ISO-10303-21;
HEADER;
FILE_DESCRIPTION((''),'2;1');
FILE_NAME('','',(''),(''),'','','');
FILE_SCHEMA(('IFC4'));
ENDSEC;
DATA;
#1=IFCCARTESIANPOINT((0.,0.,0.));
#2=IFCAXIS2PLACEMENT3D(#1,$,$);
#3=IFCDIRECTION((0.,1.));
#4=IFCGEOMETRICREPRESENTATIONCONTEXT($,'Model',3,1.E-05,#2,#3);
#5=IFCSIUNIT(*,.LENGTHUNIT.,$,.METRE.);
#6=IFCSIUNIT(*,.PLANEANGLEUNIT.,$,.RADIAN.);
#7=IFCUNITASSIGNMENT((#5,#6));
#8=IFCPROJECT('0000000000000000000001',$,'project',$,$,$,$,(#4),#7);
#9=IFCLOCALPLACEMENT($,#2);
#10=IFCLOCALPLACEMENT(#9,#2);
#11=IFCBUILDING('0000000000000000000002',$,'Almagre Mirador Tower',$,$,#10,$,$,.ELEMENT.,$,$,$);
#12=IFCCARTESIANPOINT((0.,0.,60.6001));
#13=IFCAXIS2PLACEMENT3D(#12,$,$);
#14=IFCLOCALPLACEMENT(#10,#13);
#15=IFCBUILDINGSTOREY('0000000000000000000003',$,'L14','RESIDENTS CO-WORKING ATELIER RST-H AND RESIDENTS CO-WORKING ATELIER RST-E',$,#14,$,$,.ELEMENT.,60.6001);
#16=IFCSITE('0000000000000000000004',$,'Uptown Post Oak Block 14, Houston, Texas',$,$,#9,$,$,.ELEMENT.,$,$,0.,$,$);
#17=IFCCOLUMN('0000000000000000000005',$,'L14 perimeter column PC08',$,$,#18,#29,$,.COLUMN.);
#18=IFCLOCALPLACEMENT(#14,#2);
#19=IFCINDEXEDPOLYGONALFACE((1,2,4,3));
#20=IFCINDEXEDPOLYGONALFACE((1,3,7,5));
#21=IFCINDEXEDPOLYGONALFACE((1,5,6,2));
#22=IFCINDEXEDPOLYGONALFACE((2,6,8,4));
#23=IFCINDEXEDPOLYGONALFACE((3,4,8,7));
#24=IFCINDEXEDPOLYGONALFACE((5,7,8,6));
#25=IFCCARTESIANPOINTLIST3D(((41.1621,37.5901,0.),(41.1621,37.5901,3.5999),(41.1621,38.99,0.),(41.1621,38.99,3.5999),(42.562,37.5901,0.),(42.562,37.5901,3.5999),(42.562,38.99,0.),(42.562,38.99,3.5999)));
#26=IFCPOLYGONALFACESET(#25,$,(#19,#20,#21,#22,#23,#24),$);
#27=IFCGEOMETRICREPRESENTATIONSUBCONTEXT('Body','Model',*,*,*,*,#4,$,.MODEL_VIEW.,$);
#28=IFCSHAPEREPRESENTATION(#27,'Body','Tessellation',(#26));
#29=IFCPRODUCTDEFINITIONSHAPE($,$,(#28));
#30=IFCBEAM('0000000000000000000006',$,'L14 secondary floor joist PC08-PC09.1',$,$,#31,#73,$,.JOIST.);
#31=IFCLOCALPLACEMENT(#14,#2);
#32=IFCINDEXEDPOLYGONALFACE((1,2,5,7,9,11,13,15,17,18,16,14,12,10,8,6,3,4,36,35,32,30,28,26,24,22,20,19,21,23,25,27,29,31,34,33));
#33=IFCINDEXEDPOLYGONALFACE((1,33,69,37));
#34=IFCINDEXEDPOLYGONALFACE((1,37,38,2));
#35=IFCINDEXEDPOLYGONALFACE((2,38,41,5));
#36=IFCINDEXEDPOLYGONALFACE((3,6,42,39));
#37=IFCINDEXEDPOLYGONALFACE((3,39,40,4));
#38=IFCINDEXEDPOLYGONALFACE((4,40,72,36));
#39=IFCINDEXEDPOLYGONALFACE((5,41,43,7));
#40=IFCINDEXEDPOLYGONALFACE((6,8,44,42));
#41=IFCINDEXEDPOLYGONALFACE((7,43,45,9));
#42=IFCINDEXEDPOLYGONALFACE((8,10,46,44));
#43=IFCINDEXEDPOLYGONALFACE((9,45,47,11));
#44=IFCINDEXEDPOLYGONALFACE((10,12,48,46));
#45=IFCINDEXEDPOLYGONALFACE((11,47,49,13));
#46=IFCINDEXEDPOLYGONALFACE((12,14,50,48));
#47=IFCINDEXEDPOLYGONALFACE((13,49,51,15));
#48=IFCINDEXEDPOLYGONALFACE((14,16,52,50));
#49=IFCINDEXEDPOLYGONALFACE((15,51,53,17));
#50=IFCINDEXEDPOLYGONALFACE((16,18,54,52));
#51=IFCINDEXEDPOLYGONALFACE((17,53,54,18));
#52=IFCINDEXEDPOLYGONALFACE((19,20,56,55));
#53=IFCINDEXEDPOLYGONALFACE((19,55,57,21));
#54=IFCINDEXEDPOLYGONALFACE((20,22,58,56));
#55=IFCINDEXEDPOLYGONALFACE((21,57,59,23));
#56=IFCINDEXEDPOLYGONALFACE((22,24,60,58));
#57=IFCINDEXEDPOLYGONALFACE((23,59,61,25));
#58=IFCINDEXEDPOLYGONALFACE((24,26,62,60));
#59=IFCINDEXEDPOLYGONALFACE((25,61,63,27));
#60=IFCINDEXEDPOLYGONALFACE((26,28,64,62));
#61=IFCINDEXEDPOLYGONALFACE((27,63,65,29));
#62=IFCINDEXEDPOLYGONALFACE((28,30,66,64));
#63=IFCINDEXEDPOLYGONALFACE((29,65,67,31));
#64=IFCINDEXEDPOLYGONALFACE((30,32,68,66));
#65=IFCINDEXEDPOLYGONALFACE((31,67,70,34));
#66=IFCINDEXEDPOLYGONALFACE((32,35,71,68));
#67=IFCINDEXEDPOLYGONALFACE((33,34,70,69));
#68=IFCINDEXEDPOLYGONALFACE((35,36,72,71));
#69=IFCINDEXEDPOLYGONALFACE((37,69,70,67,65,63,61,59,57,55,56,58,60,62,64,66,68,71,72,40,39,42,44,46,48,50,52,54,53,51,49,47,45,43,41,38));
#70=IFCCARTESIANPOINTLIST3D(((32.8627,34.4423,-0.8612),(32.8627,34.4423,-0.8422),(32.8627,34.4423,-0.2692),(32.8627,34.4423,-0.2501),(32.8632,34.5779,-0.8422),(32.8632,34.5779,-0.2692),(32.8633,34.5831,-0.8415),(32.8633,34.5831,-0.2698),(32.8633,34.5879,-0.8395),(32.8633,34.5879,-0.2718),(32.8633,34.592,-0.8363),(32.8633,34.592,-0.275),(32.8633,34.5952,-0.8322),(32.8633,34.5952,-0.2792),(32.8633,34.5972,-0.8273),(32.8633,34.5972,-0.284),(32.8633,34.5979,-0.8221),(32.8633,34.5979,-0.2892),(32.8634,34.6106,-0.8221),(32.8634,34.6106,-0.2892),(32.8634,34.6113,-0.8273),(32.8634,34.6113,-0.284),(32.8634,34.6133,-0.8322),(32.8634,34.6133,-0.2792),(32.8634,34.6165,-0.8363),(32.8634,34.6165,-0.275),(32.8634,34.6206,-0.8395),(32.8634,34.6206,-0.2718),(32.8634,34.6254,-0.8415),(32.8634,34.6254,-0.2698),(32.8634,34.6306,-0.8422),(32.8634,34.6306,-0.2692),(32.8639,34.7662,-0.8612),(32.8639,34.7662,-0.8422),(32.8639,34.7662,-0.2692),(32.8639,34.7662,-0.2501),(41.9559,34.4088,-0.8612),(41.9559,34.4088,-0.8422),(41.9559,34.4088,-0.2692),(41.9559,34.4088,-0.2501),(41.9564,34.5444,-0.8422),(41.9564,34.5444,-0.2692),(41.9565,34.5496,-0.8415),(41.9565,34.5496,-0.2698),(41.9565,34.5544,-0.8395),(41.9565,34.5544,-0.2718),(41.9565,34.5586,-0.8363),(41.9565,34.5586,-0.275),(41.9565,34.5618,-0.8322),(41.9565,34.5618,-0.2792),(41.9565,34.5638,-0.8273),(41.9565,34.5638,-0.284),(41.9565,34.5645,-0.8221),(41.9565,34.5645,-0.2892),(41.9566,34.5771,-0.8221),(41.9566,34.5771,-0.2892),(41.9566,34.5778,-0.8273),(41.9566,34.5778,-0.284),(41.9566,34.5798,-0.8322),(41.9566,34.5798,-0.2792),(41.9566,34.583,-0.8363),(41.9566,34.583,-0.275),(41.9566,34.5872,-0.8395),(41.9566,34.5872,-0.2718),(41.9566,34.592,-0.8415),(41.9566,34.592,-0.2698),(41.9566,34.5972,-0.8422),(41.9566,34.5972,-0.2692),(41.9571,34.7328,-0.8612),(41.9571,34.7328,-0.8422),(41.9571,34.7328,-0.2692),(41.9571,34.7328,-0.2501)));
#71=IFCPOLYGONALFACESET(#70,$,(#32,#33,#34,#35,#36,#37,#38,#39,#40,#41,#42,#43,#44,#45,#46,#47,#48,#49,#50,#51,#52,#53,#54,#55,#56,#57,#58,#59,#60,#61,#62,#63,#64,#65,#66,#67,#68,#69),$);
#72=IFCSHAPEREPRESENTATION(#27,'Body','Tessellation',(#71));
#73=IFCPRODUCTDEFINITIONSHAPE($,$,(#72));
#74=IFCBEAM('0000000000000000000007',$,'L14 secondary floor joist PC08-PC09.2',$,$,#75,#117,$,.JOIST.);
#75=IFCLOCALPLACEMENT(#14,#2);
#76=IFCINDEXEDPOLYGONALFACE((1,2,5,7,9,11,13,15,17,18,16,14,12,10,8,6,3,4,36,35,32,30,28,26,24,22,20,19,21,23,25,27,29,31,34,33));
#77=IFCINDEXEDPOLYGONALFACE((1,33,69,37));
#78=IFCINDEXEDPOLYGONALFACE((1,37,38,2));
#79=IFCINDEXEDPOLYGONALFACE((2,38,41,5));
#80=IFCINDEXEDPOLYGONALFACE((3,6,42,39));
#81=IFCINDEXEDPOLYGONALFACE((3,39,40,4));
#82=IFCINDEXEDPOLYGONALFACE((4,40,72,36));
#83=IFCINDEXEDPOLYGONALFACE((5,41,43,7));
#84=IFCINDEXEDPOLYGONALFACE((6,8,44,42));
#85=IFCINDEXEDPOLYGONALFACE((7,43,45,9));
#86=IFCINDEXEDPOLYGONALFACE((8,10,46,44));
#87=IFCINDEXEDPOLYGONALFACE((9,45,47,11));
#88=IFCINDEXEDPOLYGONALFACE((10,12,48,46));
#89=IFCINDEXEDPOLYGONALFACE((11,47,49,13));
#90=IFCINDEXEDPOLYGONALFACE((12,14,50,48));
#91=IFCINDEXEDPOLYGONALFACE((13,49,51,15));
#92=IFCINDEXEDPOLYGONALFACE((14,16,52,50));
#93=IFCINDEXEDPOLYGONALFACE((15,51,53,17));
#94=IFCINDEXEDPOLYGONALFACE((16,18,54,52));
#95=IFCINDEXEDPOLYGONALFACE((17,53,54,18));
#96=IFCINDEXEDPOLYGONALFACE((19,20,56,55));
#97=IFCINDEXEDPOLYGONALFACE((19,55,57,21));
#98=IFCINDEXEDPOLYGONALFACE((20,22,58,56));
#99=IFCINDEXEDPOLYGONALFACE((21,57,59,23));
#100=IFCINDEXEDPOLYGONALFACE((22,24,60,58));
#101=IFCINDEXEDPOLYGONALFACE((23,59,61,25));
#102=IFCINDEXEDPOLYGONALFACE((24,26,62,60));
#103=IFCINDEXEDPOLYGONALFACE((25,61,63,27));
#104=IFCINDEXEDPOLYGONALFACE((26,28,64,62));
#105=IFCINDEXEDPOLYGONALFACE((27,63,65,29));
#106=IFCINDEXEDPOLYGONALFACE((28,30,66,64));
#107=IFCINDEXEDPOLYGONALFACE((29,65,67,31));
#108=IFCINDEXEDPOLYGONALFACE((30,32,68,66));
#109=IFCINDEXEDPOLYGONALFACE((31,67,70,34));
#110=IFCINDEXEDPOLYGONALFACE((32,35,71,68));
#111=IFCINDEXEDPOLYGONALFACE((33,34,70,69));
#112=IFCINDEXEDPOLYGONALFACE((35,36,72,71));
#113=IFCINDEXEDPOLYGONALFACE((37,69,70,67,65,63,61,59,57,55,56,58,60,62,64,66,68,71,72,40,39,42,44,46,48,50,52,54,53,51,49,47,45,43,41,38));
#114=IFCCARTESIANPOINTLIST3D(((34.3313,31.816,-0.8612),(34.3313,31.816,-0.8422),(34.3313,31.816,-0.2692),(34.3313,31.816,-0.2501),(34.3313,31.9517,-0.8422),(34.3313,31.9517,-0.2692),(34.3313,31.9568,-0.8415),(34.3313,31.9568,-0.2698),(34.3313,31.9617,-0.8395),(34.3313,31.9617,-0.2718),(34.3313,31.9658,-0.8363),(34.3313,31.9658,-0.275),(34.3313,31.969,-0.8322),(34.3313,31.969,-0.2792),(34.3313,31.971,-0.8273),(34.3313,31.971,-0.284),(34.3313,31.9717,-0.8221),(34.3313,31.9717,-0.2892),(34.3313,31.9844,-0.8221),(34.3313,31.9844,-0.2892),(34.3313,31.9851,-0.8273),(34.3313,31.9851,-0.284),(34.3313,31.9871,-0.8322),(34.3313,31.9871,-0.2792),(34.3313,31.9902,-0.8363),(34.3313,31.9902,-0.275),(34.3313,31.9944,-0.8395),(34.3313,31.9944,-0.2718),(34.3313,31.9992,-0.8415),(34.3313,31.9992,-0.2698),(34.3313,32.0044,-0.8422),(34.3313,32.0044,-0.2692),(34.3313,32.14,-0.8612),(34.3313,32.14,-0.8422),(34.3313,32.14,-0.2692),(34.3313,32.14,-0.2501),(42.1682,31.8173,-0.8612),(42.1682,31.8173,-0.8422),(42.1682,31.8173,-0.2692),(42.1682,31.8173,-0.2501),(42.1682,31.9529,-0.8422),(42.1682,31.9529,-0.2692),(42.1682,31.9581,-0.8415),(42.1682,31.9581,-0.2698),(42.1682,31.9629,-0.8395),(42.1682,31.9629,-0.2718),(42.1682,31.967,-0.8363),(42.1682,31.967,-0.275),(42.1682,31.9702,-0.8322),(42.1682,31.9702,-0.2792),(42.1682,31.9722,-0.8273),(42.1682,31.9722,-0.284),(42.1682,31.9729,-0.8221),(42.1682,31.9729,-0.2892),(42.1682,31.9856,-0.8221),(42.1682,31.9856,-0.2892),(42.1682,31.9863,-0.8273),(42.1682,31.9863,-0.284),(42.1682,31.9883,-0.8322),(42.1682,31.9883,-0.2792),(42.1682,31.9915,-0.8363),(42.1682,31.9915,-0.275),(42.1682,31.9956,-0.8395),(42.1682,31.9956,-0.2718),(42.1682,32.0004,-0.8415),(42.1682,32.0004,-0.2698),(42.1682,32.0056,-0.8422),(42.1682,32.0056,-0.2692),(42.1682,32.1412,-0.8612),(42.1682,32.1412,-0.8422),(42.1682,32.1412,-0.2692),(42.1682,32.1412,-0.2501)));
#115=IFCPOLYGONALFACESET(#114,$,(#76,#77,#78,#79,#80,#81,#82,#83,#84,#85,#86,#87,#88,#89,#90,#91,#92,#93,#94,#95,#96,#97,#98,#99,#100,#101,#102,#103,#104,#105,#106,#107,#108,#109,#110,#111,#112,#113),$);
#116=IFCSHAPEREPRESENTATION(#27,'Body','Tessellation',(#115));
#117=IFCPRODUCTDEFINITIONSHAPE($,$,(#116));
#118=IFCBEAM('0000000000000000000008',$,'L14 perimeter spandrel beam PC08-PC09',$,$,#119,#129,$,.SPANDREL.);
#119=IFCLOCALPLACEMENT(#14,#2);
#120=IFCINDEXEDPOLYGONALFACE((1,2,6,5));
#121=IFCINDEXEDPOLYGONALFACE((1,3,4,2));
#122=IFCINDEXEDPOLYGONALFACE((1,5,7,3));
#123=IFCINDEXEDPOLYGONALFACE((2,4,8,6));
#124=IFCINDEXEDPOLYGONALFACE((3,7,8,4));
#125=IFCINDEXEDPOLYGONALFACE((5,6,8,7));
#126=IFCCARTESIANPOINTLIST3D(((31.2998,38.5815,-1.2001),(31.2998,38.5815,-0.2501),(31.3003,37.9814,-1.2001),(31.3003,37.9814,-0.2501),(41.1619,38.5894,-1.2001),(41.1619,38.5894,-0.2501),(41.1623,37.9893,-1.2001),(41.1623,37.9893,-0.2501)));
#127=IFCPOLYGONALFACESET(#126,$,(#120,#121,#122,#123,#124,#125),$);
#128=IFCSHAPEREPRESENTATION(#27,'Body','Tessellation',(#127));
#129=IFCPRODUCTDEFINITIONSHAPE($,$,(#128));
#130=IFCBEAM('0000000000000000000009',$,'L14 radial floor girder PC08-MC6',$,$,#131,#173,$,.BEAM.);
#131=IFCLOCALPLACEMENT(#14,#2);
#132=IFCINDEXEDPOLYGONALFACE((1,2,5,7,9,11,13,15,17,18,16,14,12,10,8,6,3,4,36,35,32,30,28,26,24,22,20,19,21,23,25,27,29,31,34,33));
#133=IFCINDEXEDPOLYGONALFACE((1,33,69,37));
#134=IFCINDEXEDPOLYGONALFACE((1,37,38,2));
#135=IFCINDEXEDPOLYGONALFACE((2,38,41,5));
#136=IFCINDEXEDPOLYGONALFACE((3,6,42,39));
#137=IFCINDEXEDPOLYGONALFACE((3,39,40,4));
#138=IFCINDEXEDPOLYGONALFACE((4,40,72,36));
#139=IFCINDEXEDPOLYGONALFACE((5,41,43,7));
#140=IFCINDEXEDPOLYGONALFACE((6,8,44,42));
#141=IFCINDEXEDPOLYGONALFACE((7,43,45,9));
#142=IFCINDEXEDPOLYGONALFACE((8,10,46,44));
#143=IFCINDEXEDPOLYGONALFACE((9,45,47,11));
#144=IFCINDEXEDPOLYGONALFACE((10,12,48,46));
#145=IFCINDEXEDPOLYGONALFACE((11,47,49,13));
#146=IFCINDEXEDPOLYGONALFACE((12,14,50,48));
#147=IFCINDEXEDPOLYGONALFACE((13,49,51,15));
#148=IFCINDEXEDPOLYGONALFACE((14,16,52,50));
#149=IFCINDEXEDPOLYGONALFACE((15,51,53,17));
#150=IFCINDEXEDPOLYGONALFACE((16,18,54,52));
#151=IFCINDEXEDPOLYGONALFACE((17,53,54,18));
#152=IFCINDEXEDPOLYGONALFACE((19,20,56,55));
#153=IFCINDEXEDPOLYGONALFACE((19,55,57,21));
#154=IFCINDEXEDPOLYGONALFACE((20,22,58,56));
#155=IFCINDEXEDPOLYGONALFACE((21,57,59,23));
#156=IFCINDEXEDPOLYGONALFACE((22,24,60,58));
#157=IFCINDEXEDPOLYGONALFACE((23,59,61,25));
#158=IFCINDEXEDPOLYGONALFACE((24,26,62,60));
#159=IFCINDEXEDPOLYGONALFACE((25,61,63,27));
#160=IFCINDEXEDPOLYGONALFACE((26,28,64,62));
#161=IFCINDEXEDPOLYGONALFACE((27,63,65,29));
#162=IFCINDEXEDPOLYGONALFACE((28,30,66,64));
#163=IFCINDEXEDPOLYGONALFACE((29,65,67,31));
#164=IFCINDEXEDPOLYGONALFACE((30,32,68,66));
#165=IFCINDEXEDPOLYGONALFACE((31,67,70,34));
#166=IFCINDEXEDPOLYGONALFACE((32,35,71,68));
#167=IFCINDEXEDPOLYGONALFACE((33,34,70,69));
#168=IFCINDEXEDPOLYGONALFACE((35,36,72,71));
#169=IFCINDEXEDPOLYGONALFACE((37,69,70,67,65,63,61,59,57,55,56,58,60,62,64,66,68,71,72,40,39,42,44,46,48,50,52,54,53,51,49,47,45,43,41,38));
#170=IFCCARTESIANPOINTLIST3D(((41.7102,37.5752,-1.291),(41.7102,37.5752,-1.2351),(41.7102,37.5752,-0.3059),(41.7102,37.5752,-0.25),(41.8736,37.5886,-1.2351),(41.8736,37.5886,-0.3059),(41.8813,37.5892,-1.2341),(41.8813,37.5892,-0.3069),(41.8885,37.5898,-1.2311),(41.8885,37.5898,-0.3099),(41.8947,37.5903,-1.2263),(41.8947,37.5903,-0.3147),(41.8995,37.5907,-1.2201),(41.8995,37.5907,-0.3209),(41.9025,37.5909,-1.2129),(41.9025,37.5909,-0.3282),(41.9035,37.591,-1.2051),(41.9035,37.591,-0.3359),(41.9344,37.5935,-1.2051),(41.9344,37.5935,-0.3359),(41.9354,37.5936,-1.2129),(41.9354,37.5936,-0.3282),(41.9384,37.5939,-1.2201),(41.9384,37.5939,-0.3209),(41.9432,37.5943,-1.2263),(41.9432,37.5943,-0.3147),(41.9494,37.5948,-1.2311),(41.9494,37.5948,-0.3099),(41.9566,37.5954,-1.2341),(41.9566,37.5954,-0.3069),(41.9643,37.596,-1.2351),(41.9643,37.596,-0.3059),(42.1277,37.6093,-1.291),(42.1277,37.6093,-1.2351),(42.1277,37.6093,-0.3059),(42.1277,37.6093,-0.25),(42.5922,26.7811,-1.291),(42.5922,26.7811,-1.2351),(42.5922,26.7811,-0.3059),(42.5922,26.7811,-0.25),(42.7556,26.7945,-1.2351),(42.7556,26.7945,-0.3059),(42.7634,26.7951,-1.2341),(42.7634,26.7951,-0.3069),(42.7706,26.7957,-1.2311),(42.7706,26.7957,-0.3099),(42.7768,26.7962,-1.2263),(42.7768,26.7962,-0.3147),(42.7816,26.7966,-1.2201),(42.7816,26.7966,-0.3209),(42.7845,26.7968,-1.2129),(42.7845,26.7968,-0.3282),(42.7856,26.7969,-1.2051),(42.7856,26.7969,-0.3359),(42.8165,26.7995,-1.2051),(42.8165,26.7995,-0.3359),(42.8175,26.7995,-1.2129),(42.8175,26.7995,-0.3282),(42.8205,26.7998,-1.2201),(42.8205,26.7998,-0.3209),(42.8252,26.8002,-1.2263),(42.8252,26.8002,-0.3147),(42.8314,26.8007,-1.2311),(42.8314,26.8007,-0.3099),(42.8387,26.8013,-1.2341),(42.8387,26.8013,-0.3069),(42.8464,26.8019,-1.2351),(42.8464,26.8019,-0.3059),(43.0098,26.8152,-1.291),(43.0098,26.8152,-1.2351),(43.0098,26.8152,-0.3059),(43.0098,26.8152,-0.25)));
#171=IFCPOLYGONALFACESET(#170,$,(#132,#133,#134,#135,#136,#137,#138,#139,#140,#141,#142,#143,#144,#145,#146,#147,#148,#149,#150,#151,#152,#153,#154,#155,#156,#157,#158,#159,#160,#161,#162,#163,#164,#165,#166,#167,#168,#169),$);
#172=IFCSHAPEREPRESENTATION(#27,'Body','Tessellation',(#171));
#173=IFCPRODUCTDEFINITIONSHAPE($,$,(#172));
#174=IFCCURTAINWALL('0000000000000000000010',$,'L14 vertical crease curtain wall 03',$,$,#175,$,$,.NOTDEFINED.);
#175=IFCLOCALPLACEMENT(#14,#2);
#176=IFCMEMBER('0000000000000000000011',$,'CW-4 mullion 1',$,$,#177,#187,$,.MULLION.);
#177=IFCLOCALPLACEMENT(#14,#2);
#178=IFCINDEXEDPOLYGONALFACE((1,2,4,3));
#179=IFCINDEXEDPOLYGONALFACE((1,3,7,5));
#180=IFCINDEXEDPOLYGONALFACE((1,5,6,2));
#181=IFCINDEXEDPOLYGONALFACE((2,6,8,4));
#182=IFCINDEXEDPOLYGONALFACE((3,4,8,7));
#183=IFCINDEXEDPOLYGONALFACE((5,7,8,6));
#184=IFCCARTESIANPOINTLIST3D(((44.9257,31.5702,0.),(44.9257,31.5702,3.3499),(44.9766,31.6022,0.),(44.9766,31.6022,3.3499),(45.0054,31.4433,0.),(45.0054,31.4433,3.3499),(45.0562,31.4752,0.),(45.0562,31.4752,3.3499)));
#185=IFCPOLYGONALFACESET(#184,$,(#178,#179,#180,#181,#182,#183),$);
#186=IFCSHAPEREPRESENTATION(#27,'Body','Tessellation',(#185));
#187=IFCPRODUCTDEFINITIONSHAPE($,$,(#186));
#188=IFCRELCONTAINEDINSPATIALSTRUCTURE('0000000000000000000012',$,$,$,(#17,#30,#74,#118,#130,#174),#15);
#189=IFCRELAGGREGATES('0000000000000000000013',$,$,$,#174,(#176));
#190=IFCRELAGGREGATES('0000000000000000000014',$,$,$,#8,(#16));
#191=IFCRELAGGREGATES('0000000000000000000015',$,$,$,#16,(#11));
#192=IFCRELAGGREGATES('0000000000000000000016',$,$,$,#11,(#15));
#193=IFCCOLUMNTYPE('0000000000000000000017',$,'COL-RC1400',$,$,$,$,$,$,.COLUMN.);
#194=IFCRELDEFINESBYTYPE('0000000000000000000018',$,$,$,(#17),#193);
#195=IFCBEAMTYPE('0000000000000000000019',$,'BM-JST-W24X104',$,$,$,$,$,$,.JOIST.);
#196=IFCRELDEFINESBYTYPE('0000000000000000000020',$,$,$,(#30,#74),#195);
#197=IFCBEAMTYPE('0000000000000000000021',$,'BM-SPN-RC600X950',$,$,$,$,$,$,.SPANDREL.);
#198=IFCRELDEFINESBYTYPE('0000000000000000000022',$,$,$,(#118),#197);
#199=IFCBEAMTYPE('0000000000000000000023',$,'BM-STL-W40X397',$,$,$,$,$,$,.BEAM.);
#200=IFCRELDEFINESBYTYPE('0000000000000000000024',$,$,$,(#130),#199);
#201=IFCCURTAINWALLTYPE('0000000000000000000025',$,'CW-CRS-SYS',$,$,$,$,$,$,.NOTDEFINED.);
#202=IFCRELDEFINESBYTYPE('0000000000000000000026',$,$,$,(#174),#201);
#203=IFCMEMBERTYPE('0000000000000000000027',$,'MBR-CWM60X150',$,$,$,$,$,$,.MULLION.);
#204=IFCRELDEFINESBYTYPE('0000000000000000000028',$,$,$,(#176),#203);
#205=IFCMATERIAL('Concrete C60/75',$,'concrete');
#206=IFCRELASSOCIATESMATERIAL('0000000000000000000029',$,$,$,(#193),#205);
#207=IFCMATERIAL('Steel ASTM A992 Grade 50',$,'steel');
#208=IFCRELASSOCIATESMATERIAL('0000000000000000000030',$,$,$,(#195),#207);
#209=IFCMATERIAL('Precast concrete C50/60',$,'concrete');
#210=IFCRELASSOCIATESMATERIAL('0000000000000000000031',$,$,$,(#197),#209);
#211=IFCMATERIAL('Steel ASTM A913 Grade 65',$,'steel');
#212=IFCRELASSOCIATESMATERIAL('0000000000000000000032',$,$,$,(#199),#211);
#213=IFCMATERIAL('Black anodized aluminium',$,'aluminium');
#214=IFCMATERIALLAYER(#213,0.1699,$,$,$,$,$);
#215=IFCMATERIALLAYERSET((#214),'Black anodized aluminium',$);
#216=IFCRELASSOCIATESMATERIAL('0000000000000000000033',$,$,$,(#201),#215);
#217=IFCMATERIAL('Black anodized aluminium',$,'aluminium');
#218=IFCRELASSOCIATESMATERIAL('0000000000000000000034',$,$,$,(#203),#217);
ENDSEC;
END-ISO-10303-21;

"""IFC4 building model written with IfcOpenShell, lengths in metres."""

from ifc_helpers import new_model, si_unit, direction, frame, origin, origin_2d, place, context, subcontext, project, spatial, rectangle, i_section, extrude, material, layer, layer_set, material_profile, profile_set, type_object, element, aggregate, save


model = new_model("IFC4")

# Units and contexts
model_context = context("Model", 3, precision=1e-05, world=origin(), true_north=direction((0.0, 1.0)))
body_context = subcontext(model_context, "Body", "Model", "MODEL_VIEW")
ifc_project = project(units=[si_unit("LENGTHUNIT", "METRE"), si_unit("PLANEANGLEUNIT", "RADIAN")], contexts=[model_context])

# Site, building, storey
site_placement = place(None, origin())
site = spatial("IfcSite", under=ifc_project, at=site_placement, Name="Uptown Post Oak Block 14, Houston, Texas", CompositionType="ELEMENT", RefElevation=0.0)
building_placement = place(site_placement, origin())
building = spatial("IfcBuilding", under=site, at=building_placement, Name="Almagre Mirador Tower", CompositionType="ELEMENT")
storey_placement = place(building_placement, frame((0.0, 0.0, 60.6001)))
storey = spatial("IfcBuildingStorey", under=building, at=storey_placement, Name="L14", Description="RESIDENTS CO-WORKING ATELIER RST-H AND RESIDENTS CO-WORKING ATELIER RST-E", CompositionType="ELEMENT", Elevation=60.6001)

# Column
ifc_material_1 = material(Name="Concrete C60/75", Category="concrete")
ifc_material_profile_1 = material_profile(ifc_material_1, rectangle(XDim=1.3999, YDim=1.3999, at=origin_2d()), Name="RC1400X1400")
ifc_profile_set_1 = profile_set([ifc_material_profile_1], Name="Concrete C60/75")
column_type = type_object("IfcColumnType", Name="COL-RC1400", PredefinedType="COLUMN", material=ifc_profile_set_1)
column_placement = place(storey_placement, frame((41.8621, 38.29, 0.0), z_axis=(0.0, 0.0, 1.0), x_axis=(1.0, 0.0, 0.0)))
element("IfcColumn", 1, at=column_placement, inside=storey, type_object=column_type, Name="L14 perimeter column PC08", PredefinedType="COLUMN", context=body_context, shape_type="SweptSolid", body=[
    extrude(rectangle(XDim=1.3999, YDim=1.3999, at=origin_2d()), origin(), (0.0, 0.0, 1.0), 3.5999),
])

# Beams
ifc_material_2 = material(Name="Steel ASTM A992 Grade 50", Category="steel")
ifc_material_profile_2 = material_profile(ifc_material_2, i_section(OverallWidth=0.324, OverallDepth=0.6111, WebThickness=0.0127, FlangeThickness=0.019, FilletRadius=0.02, at=origin_2d()), Name="W24X104")
ifc_profile_set_2 = profile_set([ifc_material_profile_2], Name="Steel ASTM A992 Grade 50")
beam_type_1 = type_object("IfcBeamType", Name="BM-JST-W24X104", PredefinedType="JOIST", material=ifc_profile_set_2)
beam_1_placement = place(storey_placement, frame((41.9565, 34.5708, -0.5557), z_axis=(-0.999993, 0.003678, 0.0), x_axis=(-0.003678, -0.999993, 0.0)))
element("IfcBeam", 2, at=beam_1_placement, inside=storey, type_object=beam_type_1, Name="L14 secondary floor joist PC08-PC09.1", PredefinedType="JOIST", context=body_context, shape_type="SweptSolid", body=[
    extrude(i_section(OverallWidth=0.324, OverallDepth=0.6111, WebThickness=0.0127, FlangeThickness=0.019, FilletRadius=0.02, at=origin_2d()), origin(), (0.0, 0.0, 1.0), 9.0933),
])
beam_2_placement = place(storey_placement, frame((42.1682, 31.9792, -0.5557), z_axis=(-1.0, -0.000156, 0.0), x_axis=(0.000156, -1.0, 0.0)))
element("IfcBeam", 3, at=beam_2_placement, inside=storey, type_object=beam_type_1, Name="L14 secondary floor joist PC08-PC09.2", PredefinedType="JOIST", context=body_context, shape_type="SweptSolid", body=[
    extrude(i_section(OverallWidth=0.324, OverallDepth=0.6111, WebThickness=0.0127, FlangeThickness=0.019, FilletRadius=0.02, at=origin_2d()), origin(), (0.0, 0.0, 1.0), 7.8369),
])
ifc_material_3 = material(Name="Precast concrete C50/60", Category="concrete")
ifc_material_profile_3 = material_profile(ifc_material_3, rectangle(XDim=0.6001, YDim=0.95, at=origin_2d()), Name="RC600X950")
ifc_profile_set_3 = profile_set([ifc_material_profile_3], Name="Precast concrete C50/60")
beam_type_2 = type_object("IfcBeamType", Name="BM-SPN-RC600X950", PredefinedType="SPANDREL", material=ifc_profile_set_3)
beam_3_placement = place(storey_placement, frame((41.1621, 38.2893, -0.7251), z_axis=(-1.0, -0.000792, 0.0), x_axis=(0.000792, -1.0, 0.0)))
element("IfcBeam", 4, at=beam_3_placement, inside=storey, type_object=beam_type_2, Name="L14 perimeter spandrel beam PC08-PC09", PredefinedType="SPANDREL", context=body_context, shape_type="SweptSolid", body=[
    extrude(rectangle(XDim=0.6001, YDim=0.95, at=origin_2d()), origin(), (0.0, 0.0, 1.0), 9.8621),
])
ifc_material_4 = material(Name="Steel ASTM A913 Grade 65", Category="steel")
ifc_material_profile_4 = material_profile(ifc_material_4, i_section(OverallWidth=0.4189, OverallDepth=1.041, WebThickness=0.031, FlangeThickness=0.0559, FilletRadius=0.03, at=origin_2d()), Name="W40X397")
ifc_profile_set_4 = profile_set([ifc_material_profile_4], Name="Steel ASTM A913 Grade 65")
beam_type_3 = type_object("IfcBeamType", Name="BM-STL-W40X397", PredefinedType="BEAM", material=ifc_profile_set_4)
beam_4_placement = place(storey_placement, frame((41.9189, 37.5923, -0.7705), z_axis=(0.081447, -0.996678, 0.0), x_axis=(0.996678, 0.081447, 0.0)))
element("IfcBeam", 5, at=beam_4_placement, inside=storey, type_object=beam_type_3, Name="L14 radial floor girder PC08-MC6", PredefinedType="BEAM", context=body_context, shape_type="SweptSolid", body=[
    extrude(i_section(OverallWidth=0.4189, OverallDepth=1.041, WebThickness=0.031, FlangeThickness=0.0559, FilletRadius=0.03, at=origin_2d()), origin(), (0.0, 0.0, 1.0), 10.8301),
])

# Curtain wall, member
ifc_material_5 = material(Name="Black anodized aluminium", Category="aluminium")
ifc_layer_1 = layer(ifc_material_5, 0.1699)
ifc_layer_set_1 = layer_set([ifc_layer_1], Name="Black anodized aluminium")
curtain_wall_type = type_object("IfcCurtainWallType", Name="CW-CRS-SYS", PredefinedType="NOTDEFINED", material=ifc_layer_set_1)
curtain_wall_placement = place(storey_placement, origin())
curtain_wall = element("IfcCurtainWall", 6, at=curtain_wall_placement, inside=storey, type_object=curtain_wall_type, Name="L14 vertical crease curtain wall 03", PredefinedType="NOTDEFINED")
ifc_material_6 = material(Name="Black anodized aluminium", Category="aluminium")
ifc_material_profile_5 = material_profile(ifc_material_6, rectangle(XDim=0.0601, YDim=0.1499, at=origin_2d()), Name="CWM60X150")
ifc_profile_set_5 = profile_set([ifc_material_profile_5], Name="Black anodized aluminium")
member_type_1 = type_object("IfcMemberType", Name="MBR-CWM60X150", PredefinedType="MULLION", material=ifc_profile_set_5)
member_1_placement = place(storey_placement, frame((44.991, 31.5227, 0.0), z_axis=(0.0, 0.0, 1.0), x_axis=(0.846975, 0.531632, 0.0)))
member_1 = element("IfcMember", 7, at=member_1_placement, type_object=member_type_1, Name="CW-4 mullion 1", PredefinedType="MULLION", context=body_context, shape_type="SweptSolid", body=[
    extrude(rectangle(XDim=0.0601, YDim=0.1499, at=origin_2d()), origin(), (0.0, 0.0, 1.0), 3.3499),
])
aggregate(curtain_wall, [member_1])

save(model, "model.ifc")
